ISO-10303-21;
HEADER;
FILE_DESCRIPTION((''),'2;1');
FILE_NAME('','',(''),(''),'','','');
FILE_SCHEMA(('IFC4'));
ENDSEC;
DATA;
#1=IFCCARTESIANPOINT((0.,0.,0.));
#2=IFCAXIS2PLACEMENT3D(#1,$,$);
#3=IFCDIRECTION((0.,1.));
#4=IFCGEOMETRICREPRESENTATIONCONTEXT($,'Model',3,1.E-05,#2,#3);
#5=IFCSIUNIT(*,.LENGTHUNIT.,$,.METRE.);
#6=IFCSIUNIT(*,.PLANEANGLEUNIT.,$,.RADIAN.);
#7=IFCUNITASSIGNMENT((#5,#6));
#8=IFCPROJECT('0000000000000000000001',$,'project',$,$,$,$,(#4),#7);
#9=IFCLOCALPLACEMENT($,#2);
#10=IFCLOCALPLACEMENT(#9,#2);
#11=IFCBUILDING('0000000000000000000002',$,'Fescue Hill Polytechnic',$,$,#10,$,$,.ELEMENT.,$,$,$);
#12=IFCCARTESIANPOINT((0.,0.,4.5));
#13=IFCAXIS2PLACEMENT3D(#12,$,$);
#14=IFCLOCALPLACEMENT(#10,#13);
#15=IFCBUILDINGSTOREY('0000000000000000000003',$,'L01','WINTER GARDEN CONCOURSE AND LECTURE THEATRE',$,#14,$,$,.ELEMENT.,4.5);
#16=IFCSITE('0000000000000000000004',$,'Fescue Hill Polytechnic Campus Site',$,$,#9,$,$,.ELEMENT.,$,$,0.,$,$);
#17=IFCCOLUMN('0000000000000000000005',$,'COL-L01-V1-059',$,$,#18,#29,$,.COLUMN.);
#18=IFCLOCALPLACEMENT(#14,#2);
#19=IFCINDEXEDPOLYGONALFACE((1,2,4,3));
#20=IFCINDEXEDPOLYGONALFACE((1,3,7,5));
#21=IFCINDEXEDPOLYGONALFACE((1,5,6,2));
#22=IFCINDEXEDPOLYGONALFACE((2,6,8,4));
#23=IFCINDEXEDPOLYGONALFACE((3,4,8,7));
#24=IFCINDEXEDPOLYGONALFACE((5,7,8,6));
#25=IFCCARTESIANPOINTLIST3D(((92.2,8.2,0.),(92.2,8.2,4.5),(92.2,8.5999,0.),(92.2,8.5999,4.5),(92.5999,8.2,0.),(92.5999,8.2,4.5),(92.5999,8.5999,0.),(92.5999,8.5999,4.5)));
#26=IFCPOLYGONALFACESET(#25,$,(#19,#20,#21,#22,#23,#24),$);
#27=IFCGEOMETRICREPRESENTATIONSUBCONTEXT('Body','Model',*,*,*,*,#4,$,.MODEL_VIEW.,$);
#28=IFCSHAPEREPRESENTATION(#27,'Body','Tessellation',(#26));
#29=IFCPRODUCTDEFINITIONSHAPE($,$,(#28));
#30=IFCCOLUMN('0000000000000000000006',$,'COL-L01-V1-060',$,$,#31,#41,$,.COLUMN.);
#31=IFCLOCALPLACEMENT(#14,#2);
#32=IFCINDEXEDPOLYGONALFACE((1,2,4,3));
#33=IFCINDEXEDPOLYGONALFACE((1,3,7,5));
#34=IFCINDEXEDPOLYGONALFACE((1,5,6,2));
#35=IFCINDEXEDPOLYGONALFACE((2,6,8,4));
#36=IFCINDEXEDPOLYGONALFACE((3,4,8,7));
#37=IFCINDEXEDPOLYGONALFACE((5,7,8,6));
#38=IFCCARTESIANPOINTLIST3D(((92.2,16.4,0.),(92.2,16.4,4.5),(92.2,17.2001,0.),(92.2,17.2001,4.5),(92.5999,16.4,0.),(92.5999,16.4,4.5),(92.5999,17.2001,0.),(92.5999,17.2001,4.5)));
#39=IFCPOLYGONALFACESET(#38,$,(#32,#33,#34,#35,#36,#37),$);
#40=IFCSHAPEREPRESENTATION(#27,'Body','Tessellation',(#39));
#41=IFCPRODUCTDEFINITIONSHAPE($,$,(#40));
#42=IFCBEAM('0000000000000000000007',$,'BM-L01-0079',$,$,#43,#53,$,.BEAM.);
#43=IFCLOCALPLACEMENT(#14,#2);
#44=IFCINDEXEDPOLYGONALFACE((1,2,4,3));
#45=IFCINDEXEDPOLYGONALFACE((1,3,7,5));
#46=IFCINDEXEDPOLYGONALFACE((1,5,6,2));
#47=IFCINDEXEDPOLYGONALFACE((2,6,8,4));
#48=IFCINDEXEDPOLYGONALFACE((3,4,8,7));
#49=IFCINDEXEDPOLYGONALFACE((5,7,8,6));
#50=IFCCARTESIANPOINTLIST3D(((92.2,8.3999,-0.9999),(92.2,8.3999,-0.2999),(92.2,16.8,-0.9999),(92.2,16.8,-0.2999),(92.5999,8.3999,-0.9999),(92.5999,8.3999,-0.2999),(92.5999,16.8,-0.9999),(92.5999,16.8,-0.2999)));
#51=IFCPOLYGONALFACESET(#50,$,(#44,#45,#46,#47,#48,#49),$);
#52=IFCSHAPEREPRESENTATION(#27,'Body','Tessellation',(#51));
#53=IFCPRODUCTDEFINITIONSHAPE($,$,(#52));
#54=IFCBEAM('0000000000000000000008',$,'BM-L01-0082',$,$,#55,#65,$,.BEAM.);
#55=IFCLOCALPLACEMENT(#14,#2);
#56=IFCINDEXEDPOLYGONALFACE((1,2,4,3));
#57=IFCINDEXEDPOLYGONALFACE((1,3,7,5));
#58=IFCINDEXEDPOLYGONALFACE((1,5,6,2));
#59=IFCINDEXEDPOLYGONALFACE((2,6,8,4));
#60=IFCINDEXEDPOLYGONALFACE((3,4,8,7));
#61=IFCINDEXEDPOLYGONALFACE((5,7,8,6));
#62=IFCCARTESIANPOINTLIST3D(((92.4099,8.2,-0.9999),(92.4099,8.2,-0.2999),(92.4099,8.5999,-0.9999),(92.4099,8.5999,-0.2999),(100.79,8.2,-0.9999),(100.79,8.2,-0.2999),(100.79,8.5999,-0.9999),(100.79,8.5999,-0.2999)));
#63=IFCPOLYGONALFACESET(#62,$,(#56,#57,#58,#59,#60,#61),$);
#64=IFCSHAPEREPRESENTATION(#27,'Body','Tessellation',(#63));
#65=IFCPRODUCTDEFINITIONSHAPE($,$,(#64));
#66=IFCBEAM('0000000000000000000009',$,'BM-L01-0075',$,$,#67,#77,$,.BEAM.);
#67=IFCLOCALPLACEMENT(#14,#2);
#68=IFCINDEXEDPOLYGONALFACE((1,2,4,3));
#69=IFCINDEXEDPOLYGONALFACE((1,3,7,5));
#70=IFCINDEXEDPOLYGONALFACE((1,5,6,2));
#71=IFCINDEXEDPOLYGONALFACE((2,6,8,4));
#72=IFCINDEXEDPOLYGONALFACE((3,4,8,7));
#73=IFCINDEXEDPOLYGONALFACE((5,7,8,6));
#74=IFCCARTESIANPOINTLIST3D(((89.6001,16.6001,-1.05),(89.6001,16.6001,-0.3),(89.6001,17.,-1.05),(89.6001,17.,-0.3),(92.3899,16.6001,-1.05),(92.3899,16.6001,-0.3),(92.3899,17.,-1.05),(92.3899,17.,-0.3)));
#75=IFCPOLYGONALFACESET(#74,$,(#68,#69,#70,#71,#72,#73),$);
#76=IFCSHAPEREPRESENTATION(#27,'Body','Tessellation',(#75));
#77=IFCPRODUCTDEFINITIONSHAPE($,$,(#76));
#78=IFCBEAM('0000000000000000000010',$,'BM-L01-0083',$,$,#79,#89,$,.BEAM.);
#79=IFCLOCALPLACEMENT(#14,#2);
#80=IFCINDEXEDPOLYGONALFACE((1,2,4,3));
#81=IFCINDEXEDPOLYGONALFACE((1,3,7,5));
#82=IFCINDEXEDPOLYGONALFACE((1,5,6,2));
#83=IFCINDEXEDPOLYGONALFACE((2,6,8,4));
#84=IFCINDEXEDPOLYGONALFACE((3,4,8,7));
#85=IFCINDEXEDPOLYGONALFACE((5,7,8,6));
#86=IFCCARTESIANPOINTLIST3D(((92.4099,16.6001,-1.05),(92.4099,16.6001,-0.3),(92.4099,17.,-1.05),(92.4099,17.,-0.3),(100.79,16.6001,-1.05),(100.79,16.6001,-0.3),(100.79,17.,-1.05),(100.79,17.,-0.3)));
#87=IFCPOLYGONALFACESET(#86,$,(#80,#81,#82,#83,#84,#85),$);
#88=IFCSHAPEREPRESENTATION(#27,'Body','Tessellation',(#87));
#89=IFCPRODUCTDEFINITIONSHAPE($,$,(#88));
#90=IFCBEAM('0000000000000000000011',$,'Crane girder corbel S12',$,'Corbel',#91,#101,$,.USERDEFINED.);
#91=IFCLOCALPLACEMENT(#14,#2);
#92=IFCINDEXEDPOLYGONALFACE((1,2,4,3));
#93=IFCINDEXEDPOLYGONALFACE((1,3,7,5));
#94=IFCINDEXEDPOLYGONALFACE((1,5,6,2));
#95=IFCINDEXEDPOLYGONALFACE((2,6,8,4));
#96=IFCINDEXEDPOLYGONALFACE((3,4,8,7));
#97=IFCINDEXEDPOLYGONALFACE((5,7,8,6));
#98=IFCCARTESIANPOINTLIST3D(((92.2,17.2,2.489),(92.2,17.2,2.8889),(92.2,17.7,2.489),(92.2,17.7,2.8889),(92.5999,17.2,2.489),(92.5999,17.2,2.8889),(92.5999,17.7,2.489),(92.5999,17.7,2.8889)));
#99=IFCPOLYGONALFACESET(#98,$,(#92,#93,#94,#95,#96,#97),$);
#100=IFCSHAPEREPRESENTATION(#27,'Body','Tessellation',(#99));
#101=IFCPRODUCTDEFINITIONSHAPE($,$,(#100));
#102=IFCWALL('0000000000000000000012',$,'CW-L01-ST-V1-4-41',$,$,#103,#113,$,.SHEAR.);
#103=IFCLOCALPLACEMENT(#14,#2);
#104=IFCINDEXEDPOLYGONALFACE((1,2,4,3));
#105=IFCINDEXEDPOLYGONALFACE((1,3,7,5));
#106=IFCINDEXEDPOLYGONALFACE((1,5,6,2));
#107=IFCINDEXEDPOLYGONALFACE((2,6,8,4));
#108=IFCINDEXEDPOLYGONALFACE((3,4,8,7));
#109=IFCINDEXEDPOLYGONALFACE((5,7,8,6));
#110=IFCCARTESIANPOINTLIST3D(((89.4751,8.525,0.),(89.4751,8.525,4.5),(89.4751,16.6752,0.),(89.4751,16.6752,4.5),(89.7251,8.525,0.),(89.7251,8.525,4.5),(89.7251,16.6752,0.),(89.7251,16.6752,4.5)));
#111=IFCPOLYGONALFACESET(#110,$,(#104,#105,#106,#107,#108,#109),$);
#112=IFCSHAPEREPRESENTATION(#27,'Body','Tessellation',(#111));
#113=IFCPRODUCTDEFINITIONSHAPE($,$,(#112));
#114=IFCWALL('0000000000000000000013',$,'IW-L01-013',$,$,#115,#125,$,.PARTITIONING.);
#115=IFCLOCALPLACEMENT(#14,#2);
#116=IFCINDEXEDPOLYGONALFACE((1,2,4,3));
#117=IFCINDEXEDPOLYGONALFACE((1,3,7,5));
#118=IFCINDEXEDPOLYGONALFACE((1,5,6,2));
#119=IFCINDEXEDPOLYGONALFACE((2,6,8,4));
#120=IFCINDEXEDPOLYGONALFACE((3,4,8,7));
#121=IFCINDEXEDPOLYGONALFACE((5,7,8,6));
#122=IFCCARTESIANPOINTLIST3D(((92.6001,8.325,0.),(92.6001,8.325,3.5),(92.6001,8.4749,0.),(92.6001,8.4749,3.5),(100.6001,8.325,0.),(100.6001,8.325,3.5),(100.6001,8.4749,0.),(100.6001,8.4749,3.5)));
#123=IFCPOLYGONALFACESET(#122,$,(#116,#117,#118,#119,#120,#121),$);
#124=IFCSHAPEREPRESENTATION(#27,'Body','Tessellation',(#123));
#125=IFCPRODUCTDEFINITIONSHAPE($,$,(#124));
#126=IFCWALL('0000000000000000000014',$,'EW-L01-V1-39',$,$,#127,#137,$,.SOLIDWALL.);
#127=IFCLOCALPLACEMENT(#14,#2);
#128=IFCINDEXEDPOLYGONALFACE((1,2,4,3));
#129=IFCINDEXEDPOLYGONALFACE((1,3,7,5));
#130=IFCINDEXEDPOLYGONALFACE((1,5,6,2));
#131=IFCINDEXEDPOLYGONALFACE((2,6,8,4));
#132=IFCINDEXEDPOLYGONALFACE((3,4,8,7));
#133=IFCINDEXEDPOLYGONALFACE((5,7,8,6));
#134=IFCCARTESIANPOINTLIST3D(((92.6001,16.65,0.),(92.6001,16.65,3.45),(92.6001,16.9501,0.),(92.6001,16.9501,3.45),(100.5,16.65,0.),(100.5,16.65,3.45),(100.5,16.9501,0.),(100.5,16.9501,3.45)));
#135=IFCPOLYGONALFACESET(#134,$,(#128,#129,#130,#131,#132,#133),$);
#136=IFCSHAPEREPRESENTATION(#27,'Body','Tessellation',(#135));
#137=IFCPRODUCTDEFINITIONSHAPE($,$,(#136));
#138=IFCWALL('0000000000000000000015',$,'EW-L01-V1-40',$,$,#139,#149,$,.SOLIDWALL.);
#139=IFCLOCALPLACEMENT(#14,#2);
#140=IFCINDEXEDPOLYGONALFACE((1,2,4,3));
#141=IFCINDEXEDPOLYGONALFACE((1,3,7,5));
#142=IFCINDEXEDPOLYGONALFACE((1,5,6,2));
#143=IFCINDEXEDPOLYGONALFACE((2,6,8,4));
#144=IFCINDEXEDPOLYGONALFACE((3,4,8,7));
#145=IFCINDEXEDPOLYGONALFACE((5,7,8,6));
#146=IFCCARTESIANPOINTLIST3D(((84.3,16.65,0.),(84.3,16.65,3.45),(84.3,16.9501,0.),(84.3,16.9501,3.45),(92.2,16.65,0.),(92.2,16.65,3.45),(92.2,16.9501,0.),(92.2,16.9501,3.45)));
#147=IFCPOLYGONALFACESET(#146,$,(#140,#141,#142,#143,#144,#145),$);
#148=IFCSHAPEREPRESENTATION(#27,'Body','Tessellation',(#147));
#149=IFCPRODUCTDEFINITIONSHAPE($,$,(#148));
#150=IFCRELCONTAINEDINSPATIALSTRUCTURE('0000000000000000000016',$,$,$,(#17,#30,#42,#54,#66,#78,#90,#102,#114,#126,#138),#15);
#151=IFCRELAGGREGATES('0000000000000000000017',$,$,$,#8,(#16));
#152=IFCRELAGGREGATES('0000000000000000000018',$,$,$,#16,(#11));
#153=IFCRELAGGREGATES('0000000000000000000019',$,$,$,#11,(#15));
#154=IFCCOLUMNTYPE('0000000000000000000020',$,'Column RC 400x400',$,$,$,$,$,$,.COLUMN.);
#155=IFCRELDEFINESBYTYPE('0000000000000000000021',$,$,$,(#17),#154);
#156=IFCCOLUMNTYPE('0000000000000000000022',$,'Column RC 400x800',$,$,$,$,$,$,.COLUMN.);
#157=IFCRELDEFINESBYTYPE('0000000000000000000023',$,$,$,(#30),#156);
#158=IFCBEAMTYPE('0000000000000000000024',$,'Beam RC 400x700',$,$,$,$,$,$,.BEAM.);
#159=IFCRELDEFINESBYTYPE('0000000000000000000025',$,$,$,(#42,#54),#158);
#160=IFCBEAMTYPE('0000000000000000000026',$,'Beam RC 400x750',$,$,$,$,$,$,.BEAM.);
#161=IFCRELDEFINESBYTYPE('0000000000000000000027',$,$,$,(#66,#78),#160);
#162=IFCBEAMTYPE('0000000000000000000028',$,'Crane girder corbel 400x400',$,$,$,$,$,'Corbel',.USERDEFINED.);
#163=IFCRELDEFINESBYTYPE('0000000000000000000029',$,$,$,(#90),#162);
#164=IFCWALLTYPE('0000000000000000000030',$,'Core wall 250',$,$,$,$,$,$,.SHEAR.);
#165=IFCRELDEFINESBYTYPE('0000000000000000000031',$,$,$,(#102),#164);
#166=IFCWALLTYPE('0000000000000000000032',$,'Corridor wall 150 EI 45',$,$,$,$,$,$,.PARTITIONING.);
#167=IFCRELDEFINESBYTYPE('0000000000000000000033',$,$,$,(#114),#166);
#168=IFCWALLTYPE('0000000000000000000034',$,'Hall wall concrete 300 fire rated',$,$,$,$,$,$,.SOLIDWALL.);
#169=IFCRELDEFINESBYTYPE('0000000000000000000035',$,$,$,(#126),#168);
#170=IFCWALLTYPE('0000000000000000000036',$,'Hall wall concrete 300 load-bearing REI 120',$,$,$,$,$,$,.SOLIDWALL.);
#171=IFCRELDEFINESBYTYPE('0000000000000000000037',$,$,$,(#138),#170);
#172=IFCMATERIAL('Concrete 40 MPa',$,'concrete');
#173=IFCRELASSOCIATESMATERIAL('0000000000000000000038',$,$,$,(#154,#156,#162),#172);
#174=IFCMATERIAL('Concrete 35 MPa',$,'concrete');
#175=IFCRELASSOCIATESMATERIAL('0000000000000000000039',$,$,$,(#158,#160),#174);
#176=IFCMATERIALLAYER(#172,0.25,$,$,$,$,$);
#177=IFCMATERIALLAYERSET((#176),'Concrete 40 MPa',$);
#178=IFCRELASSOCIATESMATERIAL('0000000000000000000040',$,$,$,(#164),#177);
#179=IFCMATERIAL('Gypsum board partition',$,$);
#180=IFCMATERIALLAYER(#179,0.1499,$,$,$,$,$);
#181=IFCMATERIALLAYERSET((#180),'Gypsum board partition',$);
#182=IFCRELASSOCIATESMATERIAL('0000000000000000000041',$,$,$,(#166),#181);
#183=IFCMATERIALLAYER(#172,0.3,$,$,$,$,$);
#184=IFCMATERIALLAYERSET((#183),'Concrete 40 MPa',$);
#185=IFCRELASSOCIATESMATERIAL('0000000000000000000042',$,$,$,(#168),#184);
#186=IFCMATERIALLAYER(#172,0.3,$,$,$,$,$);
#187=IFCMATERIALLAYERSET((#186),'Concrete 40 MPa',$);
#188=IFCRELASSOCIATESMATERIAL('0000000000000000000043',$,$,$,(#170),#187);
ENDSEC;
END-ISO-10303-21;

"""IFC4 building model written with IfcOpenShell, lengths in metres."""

from ifc_helpers import new_model, si_unit, direction, frame, frame_2d, origin, origin_2d, place, context, subcontext, project, spatial, rectangle, extrude, material, layer, layer_set, material_profile, profile_set, type_object, element, save


model = new_model("IFC4")

# Units and contexts
model_context = context("Model", 3, precision=1e-05, world=origin(), true_north=direction((0.0, 1.0)))
body_context = subcontext(model_context, "Body", "Model", "MODEL_VIEW")
ifc_project = project(units=[si_unit("LENGTHUNIT", "METRE"), si_unit("PLANEANGLEUNIT", "RADIAN")], contexts=[model_context])

# Site, building, storey
site_placement = place(None, origin())
site = spatial("IfcSite", under=ifc_project, at=site_placement, Name="Fescue Hill Polytechnic Campus Site", CompositionType="ELEMENT", RefElevation=0.0)
building_placement = place(site_placement, origin())
building = spatial("IfcBuilding", under=site, at=building_placement, Name="Fescue Hill Polytechnic", CompositionType="ELEMENT")
storey_placement = place(building_placement, frame((0.0, 0.0, 4.5)))
storey = spatial("IfcBuildingStorey", under=building, at=storey_placement, Name="L01", Description="WINTER GARDEN CONCOURSE AND LECTURE THEATRE", CompositionType="ELEMENT", Elevation=4.5)

# Columns
ifc_material_1 = material(Name="Concrete 40 MPa", Category="concrete")
ifc_material_profile_1 = material_profile(ifc_material_1, rectangle(XDim=0.3999, YDim=0.3999, at=origin_2d()), Name="RC 400x400")
ifc_profile_set_1 = profile_set([ifc_material_profile_1], Name="Concrete 40 MPa")
column_type_1 = type_object("IfcColumnType", Name="Column RC 400x400", PredefinedType="COLUMN", material=ifc_profile_set_1)
column_1_placement = place(storey_placement, frame((92.3999, 8.3999, 0.0), z_axis=(0.0, 0.0, 1.0), x_axis=(1.0, 0.0, 0.0)))
element("IfcColumn", 1, at=column_1_placement, inside=storey, type_object=column_type_1, Name="COL-L01-V1-059", PredefinedType="COLUMN", context=body_context, shape_type="SweptSolid", body=[
    extrude(rectangle(XDim=0.3999, YDim=0.3999, at=origin_2d()), origin(), (0.0, 0.0, 1.0), 4.5),
])
ifc_material_profile_2 = material_profile(ifc_material_1, rectangle(XDim=0.3999, YDim=0.8, at=origin_2d()), Name="RC 400x800")
ifc_profile_set_2 = profile_set([ifc_material_profile_2], Name="Concrete 40 MPa")
column_type_2 = type_object("IfcColumnType", Name="Column RC 400x800", PredefinedType="COLUMN", material=ifc_profile_set_2)
column_2_placement = place(storey_placement, frame((92.3999, 16.8, 0.0), z_axis=(0.0, 0.0, 1.0), x_axis=(1.0, 0.0, 0.0)))
element("IfcColumn", 2, at=column_2_placement, inside=storey, type_object=column_type_2, Name="COL-L01-V1-060", PredefinedType="COLUMN", context=body_context, shape_type="SweptSolid", body=[
    extrude(rectangle(XDim=0.3999, YDim=0.8, at=origin_2d()), origin(), (0.0, 0.0, 1.0), 4.5),
])

# Beams
ifc_material_2 = material(Name="Concrete 35 MPa", Category="concrete")
ifc_material_profile_3 = material_profile(ifc_material_2, rectangle(XDim=0.3999, YDim=0.7, at=origin_2d()), Name="RC 400x700")
ifc_profile_set_3 = profile_set([ifc_material_profile_3], Name="Concrete 35 MPa")
beam_type_1 = type_object("IfcBeamType", Name="Beam RC 400x700", PredefinedType="BEAM", material=ifc_profile_set_3)
beam_1_placement = place(storey_placement, frame((92.3999, 8.3999, -0.6499), z_axis=(0.0, 1.0, 0.0), x_axis=(-1.0, 0.0, 0.0)))
element("IfcBeam", 3, at=beam_1_placement, inside=storey, type_object=beam_type_1, Name="BM-L01-0079", PredefinedType="BEAM", context=body_context, shape_type="SweptSolid", body=[
    extrude(rectangle(XDim=0.3999, YDim=0.7, at=origin_2d()), origin(), (0.0, 0.0, 1.0), 8.4001),
])
beam_2_placement = place(storey_placement, frame((92.4099, 8.3999, -0.6499), z_axis=(1.0, 0.0, 0.0), x_axis=(0.0, 1.0, 0.0)))
element("IfcBeam", 4, at=beam_2_placement, inside=storey, type_object=beam_type_1, Name="BM-L01-0082", PredefinedType="BEAM", context=body_context, shape_type="SweptSolid", body=[
    extrude(rectangle(XDim=0.3999, YDim=0.7, at=origin_2d()), origin(), (0.0, 0.0, 1.0), 8.3801),
])
ifc_material_profile_4 = material_profile(ifc_material_2, rectangle(XDim=0.3999, YDim=0.75, at=origin_2d()), Name="RC 400x750")
ifc_profile_set_4 = profile_set([ifc_material_profile_4], Name="Concrete 35 MPa")
beam_type_2 = type_object("IfcBeamType", Name="Beam RC 400x750", PredefinedType="BEAM", material=ifc_profile_set_4)
beam_3_placement = place(storey_placement, frame((89.6001, 16.8, -0.675), z_axis=(1.0, 0.0, 0.0), x_axis=(0.0, 1.0, 0.0)))
element("IfcBeam", 5, at=beam_3_placement, inside=storey, type_object=beam_type_2, Name="BM-L01-0075", PredefinedType="BEAM", context=body_context, shape_type="SweptSolid", body=[
    extrude(rectangle(XDim=0.3999, YDim=0.75, at=origin_2d()), origin(), (0.0, 0.0, 1.0), 2.7898),
])
beam_4_placement = place(storey_placement, frame((92.4099, 16.8, -0.675), z_axis=(1.0, 0.0, 0.0), x_axis=(0.0, 1.0, 0.0)))
element("IfcBeam", 6, at=beam_4_placement, inside=storey, type_object=beam_type_2, Name="BM-L01-0083", PredefinedType="BEAM", context=body_context, shape_type="SweptSolid", body=[
    extrude(rectangle(XDim=0.3999, YDim=0.75, at=origin_2d()), origin(), (0.0, 0.0, 1.0), 8.3801),
])
ifc_material_profile_5 = material_profile(ifc_material_1, rectangle(XDim=0.3999, YDim=0.3999, at=origin_2d()), Name="Crane girder corbel 400x400")
ifc_profile_set_5 = profile_set([ifc_material_profile_5], Name="Concrete 40 MPa")
beam_type_3 = type_object("IfcBeamType", Name="Crane girder corbel 400x400", ElementType="Corbel", PredefinedType="USERDEFINED", material=ifc_profile_set_5)
beam_5_placement = place(storey_placement, frame((92.3999, 17.2, 2.689), z_axis=(0.0, 1.0, 0.0), x_axis=(-1.0, 0.0, 0.0)))
element("IfcBeam", 7, at=beam_5_placement, inside=storey, type_object=beam_type_3, Name="Crane girder corbel S12", ObjectType="Corbel", PredefinedType="USERDEFINED", context=body_context, shape_type="SweptSolid", body=[
    extrude(rectangle(XDim=0.3999, YDim=0.3999, at=origin_2d()), origin(), (0.0, 0.0, 1.0), 0.5),
])

# Walls
ifc_layer_1 = layer(ifc_material_1, 0.25)
ifc_layer_set_1 = layer_set([ifc_layer_1], Name="Concrete 40 MPa")
wall_type_1 = type_object("IfcWallType", Name="Core wall 250", PredefinedType="SHEAR", material=ifc_layer_set_1)
wall_1_placement = place(storey_placement, frame((89.6001, 8.5249, 0.0), z_axis=(0.0, 0.0, 1.0), x_axis=(0.0, 1.0, 0.0)))
element("IfcWall", 8, at=wall_1_placement, inside=storey, type_object=wall_type_1, Name="CW-L01-ST-V1-4-41", PredefinedType="SHEAR", context=body_context, shape_type="SweptSolid", body=[
    extrude(rectangle(XDim=8.1501, YDim=0.25, at=frame_2d((4.0752, 0.0))), origin(), (0.0, 0.0, 1.0), 4.5),
])
ifc_material_3 = material(Name="Gypsum board partition")
ifc_layer_2 = layer(ifc_material_3, 0.1499)
ifc_layer_set_2 = layer_set([ifc_layer_2], Name="Gypsum board partition")
wall_type_2 = type_object("IfcWallType", Name="Corridor wall 150 EI 45", PredefinedType="PARTITIONING", material=ifc_layer_set_2)
wall_2_placement = place(storey_placement, frame((92.6001, 8.3999, 0.0), z_axis=(0.0, 0.0, 1.0), x_axis=(1.0, 0.0, 0.0)))
element("IfcWall", 9, at=wall_2_placement, inside=storey, type_object=wall_type_2, Name="IW-L01-013", PredefinedType="PARTITIONING", context=body_context, shape_type="SweptSolid", body=[
    extrude(rectangle(XDim=8.0, YDim=0.1499, at=frame_2d((4.0, 0.0))), origin(), (0.0, 0.0, 1.0), 3.5),
])
ifc_layer_3 = layer(ifc_material_1, 0.3)
ifc_layer_set_3 = layer_set([ifc_layer_3], Name="Concrete 40 MPa")
wall_type_3 = type_object("IfcWallType", Name="Hall wall concrete 300 fire rated", PredefinedType="SOLIDWALL", material=ifc_layer_set_3)
wall_3_placement = place(storey_placement, frame((100.5, 16.8, 0.0), z_axis=(0.0, 0.0, 1.0), x_axis=(-1.0, 0.0, 0.0)))
element("IfcWall", 10, at=wall_3_placement, inside=storey, type_object=wall_type_3, Name="EW-L01-V1-39", PredefinedType="SOLIDWALL", context=body_context, shape_type="SweptSolid", body=[
    extrude(rectangle(XDim=7.8999, YDim=0.3, at=frame_2d((3.95, 0.0))), origin(), (0.0, 0.0, 1.0), 3.45),
])
ifc_layer_4 = layer(ifc_material_1, 0.3)
ifc_layer_set_4 = layer_set([ifc_layer_4], Name="Concrete 40 MPa")
wall_type_4 = type_object("IfcWallType", Name="Hall wall concrete 300 load-bearing REI 120", PredefinedType="SOLIDWALL", material=ifc_layer_set_4)
wall_4_placement = place(storey_placement, frame((92.2, 16.8, 0.0), z_axis=(0.0, 0.0, 1.0), x_axis=(-1.0, 0.0, 0.0)))
element("IfcWall", 11, at=wall_4_placement, inside=storey, type_object=wall_type_4, Name="EW-L01-V1-40", PredefinedType="SOLIDWALL", context=body_context, shape_type="SweptSolid", body=[
    extrude(rectangle(XDim=7.8999, YDim=0.3, at=frame_2d((3.95, 0.0))), origin(), (0.0, 0.0, 1.0), 3.45),
])

save(model, "model.ifc")
